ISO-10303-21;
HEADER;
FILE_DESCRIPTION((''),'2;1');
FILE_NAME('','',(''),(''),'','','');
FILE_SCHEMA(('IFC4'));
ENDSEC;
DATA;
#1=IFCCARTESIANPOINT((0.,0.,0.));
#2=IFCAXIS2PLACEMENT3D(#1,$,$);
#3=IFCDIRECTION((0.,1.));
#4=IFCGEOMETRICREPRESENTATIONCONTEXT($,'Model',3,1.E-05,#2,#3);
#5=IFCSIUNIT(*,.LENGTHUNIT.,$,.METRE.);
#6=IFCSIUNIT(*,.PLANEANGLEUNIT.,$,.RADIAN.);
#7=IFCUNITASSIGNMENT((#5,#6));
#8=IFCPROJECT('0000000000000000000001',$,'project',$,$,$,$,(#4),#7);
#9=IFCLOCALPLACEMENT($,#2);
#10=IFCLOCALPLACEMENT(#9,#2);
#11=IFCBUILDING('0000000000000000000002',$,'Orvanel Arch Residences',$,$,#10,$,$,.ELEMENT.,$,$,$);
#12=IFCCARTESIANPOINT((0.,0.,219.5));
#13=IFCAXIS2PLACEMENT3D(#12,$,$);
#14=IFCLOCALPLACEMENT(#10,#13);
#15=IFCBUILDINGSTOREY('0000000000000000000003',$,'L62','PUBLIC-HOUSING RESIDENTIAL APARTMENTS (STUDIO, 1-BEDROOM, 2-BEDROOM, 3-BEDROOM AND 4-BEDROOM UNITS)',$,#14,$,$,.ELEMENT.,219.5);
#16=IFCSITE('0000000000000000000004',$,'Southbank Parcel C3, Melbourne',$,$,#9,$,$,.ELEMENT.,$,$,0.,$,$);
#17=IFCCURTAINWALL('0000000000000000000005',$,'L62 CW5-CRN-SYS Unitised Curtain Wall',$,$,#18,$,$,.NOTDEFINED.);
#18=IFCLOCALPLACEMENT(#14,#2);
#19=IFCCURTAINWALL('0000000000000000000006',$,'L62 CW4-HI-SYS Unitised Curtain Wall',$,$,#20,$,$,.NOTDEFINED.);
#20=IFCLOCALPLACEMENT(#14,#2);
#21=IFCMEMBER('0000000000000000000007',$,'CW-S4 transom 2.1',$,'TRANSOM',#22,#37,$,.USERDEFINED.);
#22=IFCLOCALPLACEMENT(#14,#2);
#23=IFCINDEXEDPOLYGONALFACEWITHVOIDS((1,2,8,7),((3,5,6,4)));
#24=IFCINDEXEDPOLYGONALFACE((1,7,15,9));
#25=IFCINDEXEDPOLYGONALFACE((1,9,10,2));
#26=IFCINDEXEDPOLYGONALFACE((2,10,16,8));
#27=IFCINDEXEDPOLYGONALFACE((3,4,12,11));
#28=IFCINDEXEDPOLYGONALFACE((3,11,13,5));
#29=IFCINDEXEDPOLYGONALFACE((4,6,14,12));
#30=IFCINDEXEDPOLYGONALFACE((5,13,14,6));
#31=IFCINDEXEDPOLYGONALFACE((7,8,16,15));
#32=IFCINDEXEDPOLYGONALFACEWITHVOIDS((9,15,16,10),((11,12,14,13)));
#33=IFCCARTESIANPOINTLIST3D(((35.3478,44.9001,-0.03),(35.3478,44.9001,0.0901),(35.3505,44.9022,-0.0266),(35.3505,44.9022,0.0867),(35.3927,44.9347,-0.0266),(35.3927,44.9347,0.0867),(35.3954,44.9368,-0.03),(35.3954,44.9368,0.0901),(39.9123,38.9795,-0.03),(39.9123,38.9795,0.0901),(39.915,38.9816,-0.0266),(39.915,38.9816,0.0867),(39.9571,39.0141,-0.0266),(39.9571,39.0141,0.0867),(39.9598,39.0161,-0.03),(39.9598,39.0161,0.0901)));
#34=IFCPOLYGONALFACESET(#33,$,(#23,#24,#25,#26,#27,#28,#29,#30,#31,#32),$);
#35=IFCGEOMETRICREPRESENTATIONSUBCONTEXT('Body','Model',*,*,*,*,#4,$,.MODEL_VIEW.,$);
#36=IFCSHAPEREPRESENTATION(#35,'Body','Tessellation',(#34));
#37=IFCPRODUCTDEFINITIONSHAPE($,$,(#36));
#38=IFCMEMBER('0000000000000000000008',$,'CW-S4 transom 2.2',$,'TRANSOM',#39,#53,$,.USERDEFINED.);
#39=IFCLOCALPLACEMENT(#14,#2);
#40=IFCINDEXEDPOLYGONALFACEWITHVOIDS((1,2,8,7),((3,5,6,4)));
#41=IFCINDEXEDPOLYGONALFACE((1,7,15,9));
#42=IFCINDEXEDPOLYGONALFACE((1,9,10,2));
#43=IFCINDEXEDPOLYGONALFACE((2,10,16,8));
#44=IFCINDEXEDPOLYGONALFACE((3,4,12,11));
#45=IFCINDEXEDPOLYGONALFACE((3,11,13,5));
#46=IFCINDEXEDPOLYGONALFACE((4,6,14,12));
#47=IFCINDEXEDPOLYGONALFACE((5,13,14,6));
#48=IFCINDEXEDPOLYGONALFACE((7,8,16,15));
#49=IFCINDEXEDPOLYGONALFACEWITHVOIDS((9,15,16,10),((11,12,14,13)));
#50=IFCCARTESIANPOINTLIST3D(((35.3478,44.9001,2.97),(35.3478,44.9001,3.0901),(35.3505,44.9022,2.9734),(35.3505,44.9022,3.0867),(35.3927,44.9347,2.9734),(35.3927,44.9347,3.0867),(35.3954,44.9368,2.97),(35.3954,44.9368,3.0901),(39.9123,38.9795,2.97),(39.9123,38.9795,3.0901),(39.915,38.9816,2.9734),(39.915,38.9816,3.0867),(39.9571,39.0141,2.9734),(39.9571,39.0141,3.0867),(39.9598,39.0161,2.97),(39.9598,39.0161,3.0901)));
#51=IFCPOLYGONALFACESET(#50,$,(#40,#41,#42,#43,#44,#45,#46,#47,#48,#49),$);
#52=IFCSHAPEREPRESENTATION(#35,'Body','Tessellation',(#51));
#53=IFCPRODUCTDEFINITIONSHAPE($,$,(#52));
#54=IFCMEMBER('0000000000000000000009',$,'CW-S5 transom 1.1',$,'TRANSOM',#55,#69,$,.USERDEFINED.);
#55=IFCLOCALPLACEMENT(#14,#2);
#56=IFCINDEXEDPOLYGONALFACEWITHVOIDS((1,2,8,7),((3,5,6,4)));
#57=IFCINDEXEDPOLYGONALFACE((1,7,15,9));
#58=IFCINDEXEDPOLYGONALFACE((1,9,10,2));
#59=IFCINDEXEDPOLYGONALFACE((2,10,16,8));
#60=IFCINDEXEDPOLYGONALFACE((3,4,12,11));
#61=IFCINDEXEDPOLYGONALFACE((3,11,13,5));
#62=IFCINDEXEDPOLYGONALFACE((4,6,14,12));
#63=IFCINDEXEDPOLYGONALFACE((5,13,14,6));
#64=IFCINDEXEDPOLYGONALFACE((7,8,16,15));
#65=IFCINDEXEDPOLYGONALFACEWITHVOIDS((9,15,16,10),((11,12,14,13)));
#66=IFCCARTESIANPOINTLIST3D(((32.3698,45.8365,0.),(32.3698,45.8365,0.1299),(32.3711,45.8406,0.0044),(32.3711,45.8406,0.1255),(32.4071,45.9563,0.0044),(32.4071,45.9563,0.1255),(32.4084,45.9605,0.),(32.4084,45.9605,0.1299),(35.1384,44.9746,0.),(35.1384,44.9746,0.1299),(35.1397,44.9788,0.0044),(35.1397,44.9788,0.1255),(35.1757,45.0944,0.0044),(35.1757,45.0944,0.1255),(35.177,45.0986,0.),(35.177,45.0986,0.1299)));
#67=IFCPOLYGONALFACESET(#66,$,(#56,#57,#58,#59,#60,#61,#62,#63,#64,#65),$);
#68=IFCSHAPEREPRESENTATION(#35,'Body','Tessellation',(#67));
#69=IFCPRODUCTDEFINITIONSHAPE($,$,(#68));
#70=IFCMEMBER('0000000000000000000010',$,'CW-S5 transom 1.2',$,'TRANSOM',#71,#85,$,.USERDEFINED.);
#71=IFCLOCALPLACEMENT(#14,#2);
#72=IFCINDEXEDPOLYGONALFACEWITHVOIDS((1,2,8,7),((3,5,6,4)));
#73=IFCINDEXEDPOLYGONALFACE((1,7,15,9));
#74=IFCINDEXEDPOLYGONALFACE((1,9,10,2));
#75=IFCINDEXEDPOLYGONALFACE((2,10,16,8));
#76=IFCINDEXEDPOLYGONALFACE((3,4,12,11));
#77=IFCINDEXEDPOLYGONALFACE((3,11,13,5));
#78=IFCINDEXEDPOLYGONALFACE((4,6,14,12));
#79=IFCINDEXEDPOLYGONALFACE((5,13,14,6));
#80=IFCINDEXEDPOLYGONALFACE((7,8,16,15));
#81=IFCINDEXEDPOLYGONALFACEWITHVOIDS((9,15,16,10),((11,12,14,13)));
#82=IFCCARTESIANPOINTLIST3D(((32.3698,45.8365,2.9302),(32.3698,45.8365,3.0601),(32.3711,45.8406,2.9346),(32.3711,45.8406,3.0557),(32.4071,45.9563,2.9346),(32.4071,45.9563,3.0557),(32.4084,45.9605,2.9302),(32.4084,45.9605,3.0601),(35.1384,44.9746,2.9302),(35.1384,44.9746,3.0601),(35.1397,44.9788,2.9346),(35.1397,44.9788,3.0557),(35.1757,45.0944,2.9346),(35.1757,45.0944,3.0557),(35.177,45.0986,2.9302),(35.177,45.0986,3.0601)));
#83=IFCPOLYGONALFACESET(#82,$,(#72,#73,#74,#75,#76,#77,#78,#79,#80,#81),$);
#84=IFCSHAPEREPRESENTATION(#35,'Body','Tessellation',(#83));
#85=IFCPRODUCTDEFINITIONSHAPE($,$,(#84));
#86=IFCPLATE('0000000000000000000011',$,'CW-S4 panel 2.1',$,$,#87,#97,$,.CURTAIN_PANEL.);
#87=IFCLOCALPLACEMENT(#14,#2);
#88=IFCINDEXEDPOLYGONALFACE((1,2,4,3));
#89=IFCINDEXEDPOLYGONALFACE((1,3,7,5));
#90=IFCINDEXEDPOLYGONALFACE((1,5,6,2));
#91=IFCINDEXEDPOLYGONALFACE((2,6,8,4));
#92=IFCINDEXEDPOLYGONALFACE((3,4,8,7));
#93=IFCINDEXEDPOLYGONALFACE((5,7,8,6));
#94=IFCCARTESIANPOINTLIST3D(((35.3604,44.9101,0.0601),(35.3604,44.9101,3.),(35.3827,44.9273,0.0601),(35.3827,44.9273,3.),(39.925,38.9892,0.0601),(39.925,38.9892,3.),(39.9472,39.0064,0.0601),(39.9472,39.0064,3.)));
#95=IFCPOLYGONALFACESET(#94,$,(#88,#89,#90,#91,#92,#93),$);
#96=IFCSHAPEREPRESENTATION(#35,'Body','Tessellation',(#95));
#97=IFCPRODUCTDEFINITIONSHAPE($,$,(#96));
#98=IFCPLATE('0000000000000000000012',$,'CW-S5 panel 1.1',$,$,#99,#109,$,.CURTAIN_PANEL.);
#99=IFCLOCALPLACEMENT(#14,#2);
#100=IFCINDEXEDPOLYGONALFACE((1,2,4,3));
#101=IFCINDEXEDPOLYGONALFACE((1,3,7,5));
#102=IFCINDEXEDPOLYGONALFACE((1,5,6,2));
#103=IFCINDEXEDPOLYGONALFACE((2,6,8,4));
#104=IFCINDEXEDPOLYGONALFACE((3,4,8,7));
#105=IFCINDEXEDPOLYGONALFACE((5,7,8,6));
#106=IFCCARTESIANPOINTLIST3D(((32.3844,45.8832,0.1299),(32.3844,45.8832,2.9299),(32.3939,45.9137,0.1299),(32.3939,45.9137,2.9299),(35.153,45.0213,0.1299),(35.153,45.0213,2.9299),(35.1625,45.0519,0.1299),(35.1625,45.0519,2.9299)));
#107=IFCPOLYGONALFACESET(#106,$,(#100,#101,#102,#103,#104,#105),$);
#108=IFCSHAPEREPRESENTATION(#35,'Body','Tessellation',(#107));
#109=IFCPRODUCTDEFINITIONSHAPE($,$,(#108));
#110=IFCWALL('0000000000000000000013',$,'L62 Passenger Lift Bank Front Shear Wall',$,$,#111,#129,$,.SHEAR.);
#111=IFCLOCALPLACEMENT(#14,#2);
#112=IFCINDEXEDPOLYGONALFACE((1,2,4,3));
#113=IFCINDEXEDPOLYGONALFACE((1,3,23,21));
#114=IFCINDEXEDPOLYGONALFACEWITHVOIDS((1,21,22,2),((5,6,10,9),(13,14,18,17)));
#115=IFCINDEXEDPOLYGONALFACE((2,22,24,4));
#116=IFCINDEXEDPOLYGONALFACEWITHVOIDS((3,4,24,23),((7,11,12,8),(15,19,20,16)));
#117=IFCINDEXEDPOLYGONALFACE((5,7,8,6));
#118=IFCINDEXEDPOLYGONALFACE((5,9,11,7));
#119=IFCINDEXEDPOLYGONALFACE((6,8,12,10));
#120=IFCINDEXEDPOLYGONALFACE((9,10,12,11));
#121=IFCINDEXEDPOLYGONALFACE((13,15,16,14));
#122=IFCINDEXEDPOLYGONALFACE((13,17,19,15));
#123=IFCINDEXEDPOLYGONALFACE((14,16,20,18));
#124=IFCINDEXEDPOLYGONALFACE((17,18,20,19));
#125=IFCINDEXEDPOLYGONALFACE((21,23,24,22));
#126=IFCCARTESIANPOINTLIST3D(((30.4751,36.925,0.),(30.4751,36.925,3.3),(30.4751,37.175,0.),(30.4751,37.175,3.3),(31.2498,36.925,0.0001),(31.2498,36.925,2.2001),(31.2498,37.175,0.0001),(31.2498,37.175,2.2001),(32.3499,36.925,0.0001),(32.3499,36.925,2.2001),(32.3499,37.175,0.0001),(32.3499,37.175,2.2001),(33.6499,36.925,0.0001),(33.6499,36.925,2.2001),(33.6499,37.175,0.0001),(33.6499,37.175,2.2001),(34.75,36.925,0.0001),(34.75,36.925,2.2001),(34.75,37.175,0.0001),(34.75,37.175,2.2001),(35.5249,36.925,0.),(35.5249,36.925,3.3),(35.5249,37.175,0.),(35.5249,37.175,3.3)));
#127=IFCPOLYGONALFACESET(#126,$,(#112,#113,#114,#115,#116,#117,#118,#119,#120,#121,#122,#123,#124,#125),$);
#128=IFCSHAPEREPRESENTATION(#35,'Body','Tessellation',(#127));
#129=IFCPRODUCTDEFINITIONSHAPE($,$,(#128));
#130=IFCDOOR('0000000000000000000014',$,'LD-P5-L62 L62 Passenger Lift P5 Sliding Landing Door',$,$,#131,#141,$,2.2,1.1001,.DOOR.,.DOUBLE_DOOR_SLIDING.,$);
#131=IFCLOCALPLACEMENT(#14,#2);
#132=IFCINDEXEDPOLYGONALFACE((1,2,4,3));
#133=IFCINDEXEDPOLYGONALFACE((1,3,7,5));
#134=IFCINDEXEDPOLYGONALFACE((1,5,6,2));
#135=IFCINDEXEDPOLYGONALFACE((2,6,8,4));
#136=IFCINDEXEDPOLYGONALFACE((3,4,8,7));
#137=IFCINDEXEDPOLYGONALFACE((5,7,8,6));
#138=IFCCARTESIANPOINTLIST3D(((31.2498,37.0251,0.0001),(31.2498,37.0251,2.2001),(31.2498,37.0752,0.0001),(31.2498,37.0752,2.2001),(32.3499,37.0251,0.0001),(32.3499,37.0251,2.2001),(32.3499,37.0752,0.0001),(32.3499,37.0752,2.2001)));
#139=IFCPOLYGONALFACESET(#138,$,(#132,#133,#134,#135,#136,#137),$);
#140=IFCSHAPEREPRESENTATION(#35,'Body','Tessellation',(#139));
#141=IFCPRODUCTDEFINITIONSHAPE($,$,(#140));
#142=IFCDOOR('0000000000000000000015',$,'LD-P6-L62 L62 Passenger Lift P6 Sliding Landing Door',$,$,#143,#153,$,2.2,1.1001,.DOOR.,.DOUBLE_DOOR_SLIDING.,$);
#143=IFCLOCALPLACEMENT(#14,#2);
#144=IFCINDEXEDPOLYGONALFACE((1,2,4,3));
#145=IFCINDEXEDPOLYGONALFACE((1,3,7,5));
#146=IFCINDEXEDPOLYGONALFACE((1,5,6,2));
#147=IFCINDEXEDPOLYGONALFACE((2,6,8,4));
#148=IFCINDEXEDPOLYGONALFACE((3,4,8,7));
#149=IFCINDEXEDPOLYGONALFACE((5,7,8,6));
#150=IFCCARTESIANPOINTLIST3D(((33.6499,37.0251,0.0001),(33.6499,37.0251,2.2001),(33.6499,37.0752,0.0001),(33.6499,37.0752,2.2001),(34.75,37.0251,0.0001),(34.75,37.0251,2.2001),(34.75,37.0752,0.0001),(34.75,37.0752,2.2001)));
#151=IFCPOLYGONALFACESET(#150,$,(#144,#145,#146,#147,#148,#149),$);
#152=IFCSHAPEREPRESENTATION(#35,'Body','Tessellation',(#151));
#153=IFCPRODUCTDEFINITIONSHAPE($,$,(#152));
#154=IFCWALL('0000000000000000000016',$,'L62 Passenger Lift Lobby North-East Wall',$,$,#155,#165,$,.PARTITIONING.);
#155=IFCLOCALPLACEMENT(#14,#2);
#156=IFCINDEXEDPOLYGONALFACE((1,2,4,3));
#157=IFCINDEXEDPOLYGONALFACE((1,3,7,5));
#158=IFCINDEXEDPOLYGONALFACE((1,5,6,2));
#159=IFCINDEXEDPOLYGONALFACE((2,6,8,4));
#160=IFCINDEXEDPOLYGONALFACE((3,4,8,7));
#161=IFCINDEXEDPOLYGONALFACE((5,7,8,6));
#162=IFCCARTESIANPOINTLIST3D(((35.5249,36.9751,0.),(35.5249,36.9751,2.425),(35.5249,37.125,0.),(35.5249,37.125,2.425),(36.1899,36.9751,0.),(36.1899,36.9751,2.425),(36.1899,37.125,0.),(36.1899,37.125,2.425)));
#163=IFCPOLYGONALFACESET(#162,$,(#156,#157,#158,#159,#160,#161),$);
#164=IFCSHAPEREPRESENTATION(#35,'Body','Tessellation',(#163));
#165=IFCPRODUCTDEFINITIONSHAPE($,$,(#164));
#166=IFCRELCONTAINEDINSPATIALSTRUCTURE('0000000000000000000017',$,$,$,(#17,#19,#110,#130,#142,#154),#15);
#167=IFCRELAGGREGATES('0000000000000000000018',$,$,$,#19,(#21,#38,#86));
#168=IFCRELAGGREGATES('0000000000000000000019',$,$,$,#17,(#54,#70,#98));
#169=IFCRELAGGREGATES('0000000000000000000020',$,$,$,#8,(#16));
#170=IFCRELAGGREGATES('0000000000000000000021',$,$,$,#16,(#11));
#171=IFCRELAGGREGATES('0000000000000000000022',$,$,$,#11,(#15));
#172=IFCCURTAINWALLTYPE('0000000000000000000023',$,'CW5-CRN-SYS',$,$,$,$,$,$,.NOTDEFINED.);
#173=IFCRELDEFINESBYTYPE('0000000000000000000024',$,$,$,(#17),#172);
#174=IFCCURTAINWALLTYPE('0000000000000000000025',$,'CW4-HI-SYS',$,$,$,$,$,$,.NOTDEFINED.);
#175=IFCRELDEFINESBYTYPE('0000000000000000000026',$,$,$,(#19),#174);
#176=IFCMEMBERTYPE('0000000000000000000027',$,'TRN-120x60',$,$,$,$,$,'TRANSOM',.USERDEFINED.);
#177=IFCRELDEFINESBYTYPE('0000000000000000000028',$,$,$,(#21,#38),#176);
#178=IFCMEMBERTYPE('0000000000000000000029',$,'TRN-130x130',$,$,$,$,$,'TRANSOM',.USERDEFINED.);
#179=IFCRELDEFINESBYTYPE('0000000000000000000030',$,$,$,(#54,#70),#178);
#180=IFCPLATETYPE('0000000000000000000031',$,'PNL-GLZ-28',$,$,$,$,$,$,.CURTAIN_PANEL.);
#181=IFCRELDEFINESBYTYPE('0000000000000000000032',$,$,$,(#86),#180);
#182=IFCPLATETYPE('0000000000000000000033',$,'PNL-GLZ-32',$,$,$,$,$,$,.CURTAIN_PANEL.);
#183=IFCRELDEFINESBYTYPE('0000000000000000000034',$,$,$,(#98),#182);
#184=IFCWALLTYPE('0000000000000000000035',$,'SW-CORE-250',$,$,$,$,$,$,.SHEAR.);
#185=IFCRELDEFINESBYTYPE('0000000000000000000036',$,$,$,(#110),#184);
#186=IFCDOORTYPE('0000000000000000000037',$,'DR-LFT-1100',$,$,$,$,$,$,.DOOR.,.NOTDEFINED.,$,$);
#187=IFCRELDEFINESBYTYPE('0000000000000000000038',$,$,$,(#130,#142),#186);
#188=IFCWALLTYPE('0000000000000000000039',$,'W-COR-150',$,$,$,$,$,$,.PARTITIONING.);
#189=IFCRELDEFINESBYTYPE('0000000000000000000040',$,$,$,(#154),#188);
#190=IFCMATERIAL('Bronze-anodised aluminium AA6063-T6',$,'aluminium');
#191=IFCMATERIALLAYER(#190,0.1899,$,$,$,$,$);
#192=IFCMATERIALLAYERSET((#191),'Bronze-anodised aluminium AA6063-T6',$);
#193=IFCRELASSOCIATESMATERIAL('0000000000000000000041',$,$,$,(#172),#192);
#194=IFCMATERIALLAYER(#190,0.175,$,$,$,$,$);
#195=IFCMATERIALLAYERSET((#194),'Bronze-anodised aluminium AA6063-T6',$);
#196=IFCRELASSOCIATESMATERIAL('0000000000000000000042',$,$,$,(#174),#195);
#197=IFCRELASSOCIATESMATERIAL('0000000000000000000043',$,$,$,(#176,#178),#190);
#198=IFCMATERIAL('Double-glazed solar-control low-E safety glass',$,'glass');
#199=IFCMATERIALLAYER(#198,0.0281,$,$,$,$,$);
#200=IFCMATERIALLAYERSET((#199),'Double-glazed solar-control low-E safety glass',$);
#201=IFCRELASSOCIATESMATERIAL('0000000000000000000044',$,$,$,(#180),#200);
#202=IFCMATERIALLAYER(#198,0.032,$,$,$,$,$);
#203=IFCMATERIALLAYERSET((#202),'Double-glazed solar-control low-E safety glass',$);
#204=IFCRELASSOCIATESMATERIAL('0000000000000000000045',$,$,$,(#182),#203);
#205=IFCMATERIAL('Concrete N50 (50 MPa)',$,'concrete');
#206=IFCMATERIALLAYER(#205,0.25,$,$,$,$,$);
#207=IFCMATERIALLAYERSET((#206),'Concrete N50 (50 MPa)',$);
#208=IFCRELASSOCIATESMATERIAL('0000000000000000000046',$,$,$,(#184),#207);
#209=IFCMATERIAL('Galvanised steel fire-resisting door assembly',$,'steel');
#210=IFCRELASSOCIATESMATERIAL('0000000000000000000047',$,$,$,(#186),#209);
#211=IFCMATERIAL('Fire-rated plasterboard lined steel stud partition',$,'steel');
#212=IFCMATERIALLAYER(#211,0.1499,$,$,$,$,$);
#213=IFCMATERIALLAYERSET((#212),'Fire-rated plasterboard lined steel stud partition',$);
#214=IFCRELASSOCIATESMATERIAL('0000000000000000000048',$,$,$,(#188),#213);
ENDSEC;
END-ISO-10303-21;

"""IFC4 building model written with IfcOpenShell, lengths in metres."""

from ifc_helpers import new_model, si_unit, direction, frame, frame_2d, origin, origin_2d, place, context, subcontext, project, spatial, rectangle, hollow_rectangle, extrude, material, layer, layer_set, material_profile, profile_set, type_object, element, fill, aggregate, save


model = new_model("IFC4")

# Units and contexts
model_context = context("Model", 3, precision=1e-05, world=origin(), true_north=direction((0.0, 1.0)))
body_context = subcontext(model_context, "Body", "Model", "MODEL_VIEW")
ifc_project = project(units=[si_unit("LENGTHUNIT", "METRE"), si_unit("PLANEANGLEUNIT", "RADIAN")], contexts=[model_context])

# Site, building, storey
site_placement = place(None, origin())
site = spatial("IfcSite", under=ifc_project, at=site_placement, Name="Southbank Parcel C3, Melbourne", CompositionType="ELEMENT", RefElevation=0.0)
building_placement = place(site_placement, origin())
building = spatial("IfcBuilding", under=site, at=building_placement, Name="Orvanel Arch Residences", CompositionType="ELEMENT")
storey_placement = place(building_placement, frame((0.0, 0.0, 219.5)))
storey = spatial("IfcBuildingStorey", under=building, at=storey_placement, Name="L62", Description="PUBLIC-HOUSING RESIDENTIAL APARTMENTS (STUDIO, 1-BEDROOM, 2-BEDROOM, 3-BEDROOM AND 4-BEDROOM UNITS)", CompositionType="ELEMENT", Elevation=219.5)

# Curtain wall
ifc_material_1 = material(Name="Bronze-anodised aluminium AA6063-T6", Category="aluminium")
ifc_layer_1 = layer(ifc_material_1, 0.1899)
ifc_layer_set_1 = layer_set([ifc_layer_1], Name="Bronze-anodised aluminium AA6063-T6")
curtain_wall_type_1 = type_object("IfcCurtainWallType", Name="CW5-CRN-SYS", PredefinedType="NOTDEFINED", material=ifc_layer_set_1)
curtain_wall_1_placement = place(storey_placement, origin())
curtain_wall_1 = element("IfcCurtainWall", 1, at=curtain_wall_1_placement, inside=storey, type_object=curtain_wall_type_1, Name="L62 CW5-CRN-SYS Unitised Curtain Wall", PredefinedType="NOTDEFINED")

# Curtain wall
ifc_layer_2 = layer(ifc_material_1, 0.175)
ifc_layer_set_2 = layer_set([ifc_layer_2], Name="Bronze-anodised aluminium AA6063-T6")
curtain_wall_type_2 = type_object("IfcCurtainWallType", Name="CW4-HI-SYS", PredefinedType="NOTDEFINED", material=ifc_layer_set_2)
curtain_wall_2_placement = place(storey_placement, origin())
curtain_wall_2 = element("IfcCurtainWall", 2, at=curtain_wall_2_placement, inside=storey, type_object=curtain_wall_type_2, Name="L62 CW4-HI-SYS Unitised Curtain Wall", PredefinedType="NOTDEFINED")

# Members
ifc_material_profile_1 = material_profile(ifc_material_1, hollow_rectangle(XDim=0.0601, YDim=0.1201, WallThickness=0.0034, at=origin_2d()), Name="ALU120x60x3.5")
ifc_profile_set_1 = profile_set([ifc_material_profile_1], Name="Bronze-anodised aluminium AA6063-T6")
member_type_1 = type_object("IfcMemberType", Name="TRN-120x60", ElementType="TRANSOM", PredefinedType="USERDEFINED", material=ifc_profile_set_1)
member_1_placement = place(storey_placement, frame((39.936, 38.9978, 0.03), z_axis=(-0.610559, 0.79197, 0.0), x_axis=(-0.79197, -0.610559, 0.0)))
member_1 = element("IfcMember", 3, at=member_1_placement, type_object=member_type_1, Name="CW-S4 transom 2.1", ObjectType="TRANSOM", PredefinedType="USERDEFINED", context=body_context, shape_type="SweptSolid", body=[
    extrude(hollow_rectangle(XDim=0.0601, YDim=0.1201, WallThickness=0.0034, at=origin_2d()), origin(), (0.0, 0.0, 1.0), 7.4758),
])
member_2_placement = place(storey_placement, frame((39.936, 38.9978, 3.03), z_axis=(-0.610559, 0.79197, 0.0), x_axis=(-0.79197, -0.610559, 0.0)))
member_2 = element("IfcMember", 4, at=member_2_placement, type_object=member_type_1, Name="CW-S4 transom 2.2", ObjectType="TRANSOM", PredefinedType="USERDEFINED", context=body_context, shape_type="SweptSolid", body=[
    extrude(hollow_rectangle(XDim=0.0601, YDim=0.1201, WallThickness=0.0034, at=origin_2d()), origin(), (0.0, 0.0, 1.0), 7.4758),
])
ifc_material_profile_2 = material_profile(ifc_material_1, hollow_rectangle(XDim=0.1299, YDim=0.1299, WallThickness=0.0044, at=origin_2d()), Name="ALU130x130x4.5")
ifc_profile_set_2 = profile_set([ifc_material_profile_2], Name="Bronze-anodised aluminium AA6063-T6")
member_type_2 = type_object("IfcMemberType", Name="TRN-130x130", ElementType="TRANSOM", PredefinedType="USERDEFINED", material=ifc_profile_set_2)
member_3_placement = place(storey_placement, frame((35.1577, 45.0366, 0.0649), z_axis=(-0.954809, 0.29722, 0.0), x_axis=(-0.29722, -0.954809, 0.0)))
member_3 = element("IfcMember", 5, at=member_3_placement, type_object=member_type_2, Name="CW-S5 transom 1.1", ObjectType="TRANSOM", PredefinedType="USERDEFINED", context=body_context, shape_type="SweptSolid", body=[
    extrude(hollow_rectangle(XDim=0.1299, YDim=0.1299, WallThickness=0.0044, at=origin_2d()), origin(), (0.0, 0.0, 1.0), 2.8997),
])
member_4_placement = place(storey_placement, frame((35.1577, 45.0366, 2.9951), z_axis=(-0.954809, 0.29722, 0.0), x_axis=(-0.29722, -0.954809, 0.0)))
member_4 = element("IfcMember", 6, at=member_4_placement, type_object=member_type_2, Name="CW-S5 transom 1.2", ObjectType="TRANSOM", PredefinedType="USERDEFINED", context=body_context, shape_type="SweptSolid", body=[
    extrude(hollow_rectangle(XDim=0.1299, YDim=0.1299, WallThickness=0.0044, at=origin_2d()), origin(), (0.0, 0.0, 1.0), 2.8997),
])

# Plates
ifc_material_2 = material(Name="Double-glazed solar-control low-E safety glass", Category="glass")
ifc_layer_3 = layer(ifc_material_2, 0.0281)
ifc_layer_set_3 = layer_set([ifc_layer_3], Name="Double-glazed solar-control low-E safety glass")
plate_type_1 = type_object("IfcPlateType", Name="PNL-GLZ-28", PredefinedType="CURTAIN_PANEL", material=ifc_layer_set_3)
plate_1_placement = place(storey_placement, frame((37.6538, 41.9583, 0.0601), z_axis=(0.0, 0.0, 1.0), x_axis=(-0.610553, 0.791976, 0.0)))
plate_1 = element("IfcPlate", 7, at=plate_1_placement, type_object=plate_type_1, Name="CW-S4 panel 2.1", PredefinedType="CURTAIN_PANEL", context=body_context, shape_type="SweptSolid", body=[
    extrude(rectangle(XDim=7.4761, YDim=0.0281, at=origin_2d()), origin(), (0.0, 0.0, 1.0), 2.9399),
])
aggregate(curtain_wall_2, [member_1, member_2, plate_1])
ifc_layer_4 = layer(ifc_material_2, 0.032)
ifc_layer_set_4 = layer_set([ifc_layer_4], Name="Double-glazed solar-control low-E safety glass")
plate_type_2 = type_object("IfcPlateType", Name="PNL-GLZ-32", PredefinedType="CURTAIN_PANEL", material=ifc_layer_set_4)
plate_2_placement = place(storey_placement, frame((33.7734, 45.4675, 0.1299), z_axis=(0.0, 0.0, 1.0), x_axis=(-0.954808, 0.297225, 0.0)))
plate_2 = element("IfcPlate", 8, at=plate_2_placement, type_object=plate_type_2, Name="CW-S5 panel 1.1", PredefinedType="CURTAIN_PANEL", context=body_context, shape_type="SweptSolid", body=[
    extrude(rectangle(XDim=2.8997, YDim=0.032, at=origin_2d()), origin(), (0.0, 0.0, 1.0), 2.8),
])
aggregate(curtain_wall_1, [member_3, member_4, plate_2])

# Wall, openings, doors
ifc_material_3 = material(Name="Concrete N50 (50 MPa)", Category="concrete")
ifc_layer_5 = layer(ifc_material_3, 0.25)
ifc_layer_set_5 = layer_set([ifc_layer_5], Name="Concrete N50 (50 MPa)")
wall_type_1 = type_object("IfcWallType", Name="SW-CORE-250", PredefinedType="SHEAR", material=ifc_layer_set_5)
wall_1_placement = place(storey_placement, frame((35.5249, 37.05, 0.0), z_axis=(0.0, 0.0, 1.0), x_axis=(-1.0, 0.0, 0.0)))
wall_1 = element("IfcWall", 9, at=wall_1_placement, inside=storey, type_object=wall_type_1, Name="L62 Passenger Lift Bank Front Shear Wall", PredefinedType="SHEAR", context=body_context, shape_type="SweptSolid", body=[
    extrude(rectangle(XDim=5.0498, YDim=0.25, at=frame_2d((2.5249, 0.0))), origin(), (0.0, 0.0, 1.0), 3.3),
])
opening_1_placement = place(wall_1_placement, frame((3.175, 0.0, 0.0)))
opening_1 = element("IfcOpeningElement", 10, at=opening_1_placement, cuts=wall_1, PredefinedType="OPENING", context=body_context, shape_type="SweptSolid", body=[
    extrude(rectangle(XDim=1.1001, YDim=2.2, at=frame_2d((0.55, 1.1001))), frame((0.0, 0.135, 0.0), z_axis=(0.0, -1.0, 0.0), x_axis=(1.0, 0.0, 0.0)), (0.0, 0.0, 1.0), 0.27),
])
opening_2_placement = place(wall_1_placement, frame((0.7749, 0.0, 0.0)))
opening_2 = element("IfcOpeningElement", 11, at=opening_2_placement, cuts=wall_1, PredefinedType="OPENING", context=body_context, shape_type="SweptSolid", body=[
    extrude(rectangle(XDim=1.1001, YDim=2.2, at=frame_2d((0.55, 1.1001))), frame((0.0, 0.135, 0.0), z_axis=(0.0, -1.0, 0.0), x_axis=(1.0, 0.0, 0.0)), (0.0, 0.0, 1.0), 0.27),
])
ifc_material_4 = material(Name="Galvanised steel fire-resisting door assembly", Category="steel")
door_type_1 = type_object("IfcDoorType", Name="DR-LFT-1100", OperationType="NOTDEFINED", PredefinedType="DOOR", material=ifc_material_4)
door_1_placement = place(opening_1_placement, origin())
door_1 = element("IfcDoor", 12, at=door_1_placement, inside=storey, type_object=door_type_1, Name="LD-P5-L62 L62 Passenger Lift P5 Sliding Landing Door", OperationType="DOUBLE_DOOR_SLIDING", OverallHeight=2.2, OverallWidth=1.1001, PredefinedType="DOOR", context=body_context, shape_type="SweptSolid", body=[
    extrude(rectangle(XDim=1.1001, YDim=2.2, at=frame_2d((0.55, 1.1001))), frame((0.0, 0.0249, 0.0), z_axis=(0.0, -1.0, 0.0), x_axis=(1.0, 0.0, 0.0)), (0.0, 0.0, 1.0), 0.05),
])
fill(opening_1, door_1)
door_2_placement = place(opening_2_placement, origin())
door_2 = element("IfcDoor", 13, at=door_2_placement, inside=storey, type_object=door_type_1, Name="LD-P6-L62 L62 Passenger Lift P6 Sliding Landing Door", OperationType="DOUBLE_DOOR_SLIDING", OverallHeight=2.2, OverallWidth=1.1001, PredefinedType="DOOR", context=body_context, shape_type="SweptSolid", body=[
    extrude(rectangle(XDim=1.1001, YDim=2.2, at=frame_2d((0.55, 1.1001))), frame((0.0, 0.0249, 0.0), z_axis=(0.0, -1.0, 0.0), x_axis=(1.0, 0.0, 0.0)), (0.0, 0.0, 1.0), 0.05),
])
fill(opening_2, door_2)

# Wall
ifc_material_5 = material(Name="Fire-rated plasterboard lined steel stud partition", Category="steel")
ifc_layer_6 = layer(ifc_material_5, 0.1499)
ifc_layer_set_6 = layer_set([ifc_layer_6], Name="Fire-rated plasterboard lined steel stud partition")
wall_type_2 = type_object("IfcWallType", Name="W-COR-150", PredefinedType="PARTITIONING", material=ifc_layer_set_6)
wall_2_placement = place(storey_placement, frame((35.5249, 37.05, 0.0), z_axis=(0.0, 0.0, 1.0), x_axis=(1.0, 0.0, 0.0)))
element("IfcWall", 14, at=wall_2_placement, inside=storey, type_object=wall_type_2, Name="L62 Passenger Lift Lobby North-East Wall", PredefinedType="PARTITIONING", context=body_context, shape_type="SweptSolid", body=[
    extrude(rectangle(XDim=0.665, YDim=0.1499, at=frame_2d((0.3325, 0.0))), origin(), (0.0, 0.0, 1.0), 2.425),
])

save(model, "model.ifc")
